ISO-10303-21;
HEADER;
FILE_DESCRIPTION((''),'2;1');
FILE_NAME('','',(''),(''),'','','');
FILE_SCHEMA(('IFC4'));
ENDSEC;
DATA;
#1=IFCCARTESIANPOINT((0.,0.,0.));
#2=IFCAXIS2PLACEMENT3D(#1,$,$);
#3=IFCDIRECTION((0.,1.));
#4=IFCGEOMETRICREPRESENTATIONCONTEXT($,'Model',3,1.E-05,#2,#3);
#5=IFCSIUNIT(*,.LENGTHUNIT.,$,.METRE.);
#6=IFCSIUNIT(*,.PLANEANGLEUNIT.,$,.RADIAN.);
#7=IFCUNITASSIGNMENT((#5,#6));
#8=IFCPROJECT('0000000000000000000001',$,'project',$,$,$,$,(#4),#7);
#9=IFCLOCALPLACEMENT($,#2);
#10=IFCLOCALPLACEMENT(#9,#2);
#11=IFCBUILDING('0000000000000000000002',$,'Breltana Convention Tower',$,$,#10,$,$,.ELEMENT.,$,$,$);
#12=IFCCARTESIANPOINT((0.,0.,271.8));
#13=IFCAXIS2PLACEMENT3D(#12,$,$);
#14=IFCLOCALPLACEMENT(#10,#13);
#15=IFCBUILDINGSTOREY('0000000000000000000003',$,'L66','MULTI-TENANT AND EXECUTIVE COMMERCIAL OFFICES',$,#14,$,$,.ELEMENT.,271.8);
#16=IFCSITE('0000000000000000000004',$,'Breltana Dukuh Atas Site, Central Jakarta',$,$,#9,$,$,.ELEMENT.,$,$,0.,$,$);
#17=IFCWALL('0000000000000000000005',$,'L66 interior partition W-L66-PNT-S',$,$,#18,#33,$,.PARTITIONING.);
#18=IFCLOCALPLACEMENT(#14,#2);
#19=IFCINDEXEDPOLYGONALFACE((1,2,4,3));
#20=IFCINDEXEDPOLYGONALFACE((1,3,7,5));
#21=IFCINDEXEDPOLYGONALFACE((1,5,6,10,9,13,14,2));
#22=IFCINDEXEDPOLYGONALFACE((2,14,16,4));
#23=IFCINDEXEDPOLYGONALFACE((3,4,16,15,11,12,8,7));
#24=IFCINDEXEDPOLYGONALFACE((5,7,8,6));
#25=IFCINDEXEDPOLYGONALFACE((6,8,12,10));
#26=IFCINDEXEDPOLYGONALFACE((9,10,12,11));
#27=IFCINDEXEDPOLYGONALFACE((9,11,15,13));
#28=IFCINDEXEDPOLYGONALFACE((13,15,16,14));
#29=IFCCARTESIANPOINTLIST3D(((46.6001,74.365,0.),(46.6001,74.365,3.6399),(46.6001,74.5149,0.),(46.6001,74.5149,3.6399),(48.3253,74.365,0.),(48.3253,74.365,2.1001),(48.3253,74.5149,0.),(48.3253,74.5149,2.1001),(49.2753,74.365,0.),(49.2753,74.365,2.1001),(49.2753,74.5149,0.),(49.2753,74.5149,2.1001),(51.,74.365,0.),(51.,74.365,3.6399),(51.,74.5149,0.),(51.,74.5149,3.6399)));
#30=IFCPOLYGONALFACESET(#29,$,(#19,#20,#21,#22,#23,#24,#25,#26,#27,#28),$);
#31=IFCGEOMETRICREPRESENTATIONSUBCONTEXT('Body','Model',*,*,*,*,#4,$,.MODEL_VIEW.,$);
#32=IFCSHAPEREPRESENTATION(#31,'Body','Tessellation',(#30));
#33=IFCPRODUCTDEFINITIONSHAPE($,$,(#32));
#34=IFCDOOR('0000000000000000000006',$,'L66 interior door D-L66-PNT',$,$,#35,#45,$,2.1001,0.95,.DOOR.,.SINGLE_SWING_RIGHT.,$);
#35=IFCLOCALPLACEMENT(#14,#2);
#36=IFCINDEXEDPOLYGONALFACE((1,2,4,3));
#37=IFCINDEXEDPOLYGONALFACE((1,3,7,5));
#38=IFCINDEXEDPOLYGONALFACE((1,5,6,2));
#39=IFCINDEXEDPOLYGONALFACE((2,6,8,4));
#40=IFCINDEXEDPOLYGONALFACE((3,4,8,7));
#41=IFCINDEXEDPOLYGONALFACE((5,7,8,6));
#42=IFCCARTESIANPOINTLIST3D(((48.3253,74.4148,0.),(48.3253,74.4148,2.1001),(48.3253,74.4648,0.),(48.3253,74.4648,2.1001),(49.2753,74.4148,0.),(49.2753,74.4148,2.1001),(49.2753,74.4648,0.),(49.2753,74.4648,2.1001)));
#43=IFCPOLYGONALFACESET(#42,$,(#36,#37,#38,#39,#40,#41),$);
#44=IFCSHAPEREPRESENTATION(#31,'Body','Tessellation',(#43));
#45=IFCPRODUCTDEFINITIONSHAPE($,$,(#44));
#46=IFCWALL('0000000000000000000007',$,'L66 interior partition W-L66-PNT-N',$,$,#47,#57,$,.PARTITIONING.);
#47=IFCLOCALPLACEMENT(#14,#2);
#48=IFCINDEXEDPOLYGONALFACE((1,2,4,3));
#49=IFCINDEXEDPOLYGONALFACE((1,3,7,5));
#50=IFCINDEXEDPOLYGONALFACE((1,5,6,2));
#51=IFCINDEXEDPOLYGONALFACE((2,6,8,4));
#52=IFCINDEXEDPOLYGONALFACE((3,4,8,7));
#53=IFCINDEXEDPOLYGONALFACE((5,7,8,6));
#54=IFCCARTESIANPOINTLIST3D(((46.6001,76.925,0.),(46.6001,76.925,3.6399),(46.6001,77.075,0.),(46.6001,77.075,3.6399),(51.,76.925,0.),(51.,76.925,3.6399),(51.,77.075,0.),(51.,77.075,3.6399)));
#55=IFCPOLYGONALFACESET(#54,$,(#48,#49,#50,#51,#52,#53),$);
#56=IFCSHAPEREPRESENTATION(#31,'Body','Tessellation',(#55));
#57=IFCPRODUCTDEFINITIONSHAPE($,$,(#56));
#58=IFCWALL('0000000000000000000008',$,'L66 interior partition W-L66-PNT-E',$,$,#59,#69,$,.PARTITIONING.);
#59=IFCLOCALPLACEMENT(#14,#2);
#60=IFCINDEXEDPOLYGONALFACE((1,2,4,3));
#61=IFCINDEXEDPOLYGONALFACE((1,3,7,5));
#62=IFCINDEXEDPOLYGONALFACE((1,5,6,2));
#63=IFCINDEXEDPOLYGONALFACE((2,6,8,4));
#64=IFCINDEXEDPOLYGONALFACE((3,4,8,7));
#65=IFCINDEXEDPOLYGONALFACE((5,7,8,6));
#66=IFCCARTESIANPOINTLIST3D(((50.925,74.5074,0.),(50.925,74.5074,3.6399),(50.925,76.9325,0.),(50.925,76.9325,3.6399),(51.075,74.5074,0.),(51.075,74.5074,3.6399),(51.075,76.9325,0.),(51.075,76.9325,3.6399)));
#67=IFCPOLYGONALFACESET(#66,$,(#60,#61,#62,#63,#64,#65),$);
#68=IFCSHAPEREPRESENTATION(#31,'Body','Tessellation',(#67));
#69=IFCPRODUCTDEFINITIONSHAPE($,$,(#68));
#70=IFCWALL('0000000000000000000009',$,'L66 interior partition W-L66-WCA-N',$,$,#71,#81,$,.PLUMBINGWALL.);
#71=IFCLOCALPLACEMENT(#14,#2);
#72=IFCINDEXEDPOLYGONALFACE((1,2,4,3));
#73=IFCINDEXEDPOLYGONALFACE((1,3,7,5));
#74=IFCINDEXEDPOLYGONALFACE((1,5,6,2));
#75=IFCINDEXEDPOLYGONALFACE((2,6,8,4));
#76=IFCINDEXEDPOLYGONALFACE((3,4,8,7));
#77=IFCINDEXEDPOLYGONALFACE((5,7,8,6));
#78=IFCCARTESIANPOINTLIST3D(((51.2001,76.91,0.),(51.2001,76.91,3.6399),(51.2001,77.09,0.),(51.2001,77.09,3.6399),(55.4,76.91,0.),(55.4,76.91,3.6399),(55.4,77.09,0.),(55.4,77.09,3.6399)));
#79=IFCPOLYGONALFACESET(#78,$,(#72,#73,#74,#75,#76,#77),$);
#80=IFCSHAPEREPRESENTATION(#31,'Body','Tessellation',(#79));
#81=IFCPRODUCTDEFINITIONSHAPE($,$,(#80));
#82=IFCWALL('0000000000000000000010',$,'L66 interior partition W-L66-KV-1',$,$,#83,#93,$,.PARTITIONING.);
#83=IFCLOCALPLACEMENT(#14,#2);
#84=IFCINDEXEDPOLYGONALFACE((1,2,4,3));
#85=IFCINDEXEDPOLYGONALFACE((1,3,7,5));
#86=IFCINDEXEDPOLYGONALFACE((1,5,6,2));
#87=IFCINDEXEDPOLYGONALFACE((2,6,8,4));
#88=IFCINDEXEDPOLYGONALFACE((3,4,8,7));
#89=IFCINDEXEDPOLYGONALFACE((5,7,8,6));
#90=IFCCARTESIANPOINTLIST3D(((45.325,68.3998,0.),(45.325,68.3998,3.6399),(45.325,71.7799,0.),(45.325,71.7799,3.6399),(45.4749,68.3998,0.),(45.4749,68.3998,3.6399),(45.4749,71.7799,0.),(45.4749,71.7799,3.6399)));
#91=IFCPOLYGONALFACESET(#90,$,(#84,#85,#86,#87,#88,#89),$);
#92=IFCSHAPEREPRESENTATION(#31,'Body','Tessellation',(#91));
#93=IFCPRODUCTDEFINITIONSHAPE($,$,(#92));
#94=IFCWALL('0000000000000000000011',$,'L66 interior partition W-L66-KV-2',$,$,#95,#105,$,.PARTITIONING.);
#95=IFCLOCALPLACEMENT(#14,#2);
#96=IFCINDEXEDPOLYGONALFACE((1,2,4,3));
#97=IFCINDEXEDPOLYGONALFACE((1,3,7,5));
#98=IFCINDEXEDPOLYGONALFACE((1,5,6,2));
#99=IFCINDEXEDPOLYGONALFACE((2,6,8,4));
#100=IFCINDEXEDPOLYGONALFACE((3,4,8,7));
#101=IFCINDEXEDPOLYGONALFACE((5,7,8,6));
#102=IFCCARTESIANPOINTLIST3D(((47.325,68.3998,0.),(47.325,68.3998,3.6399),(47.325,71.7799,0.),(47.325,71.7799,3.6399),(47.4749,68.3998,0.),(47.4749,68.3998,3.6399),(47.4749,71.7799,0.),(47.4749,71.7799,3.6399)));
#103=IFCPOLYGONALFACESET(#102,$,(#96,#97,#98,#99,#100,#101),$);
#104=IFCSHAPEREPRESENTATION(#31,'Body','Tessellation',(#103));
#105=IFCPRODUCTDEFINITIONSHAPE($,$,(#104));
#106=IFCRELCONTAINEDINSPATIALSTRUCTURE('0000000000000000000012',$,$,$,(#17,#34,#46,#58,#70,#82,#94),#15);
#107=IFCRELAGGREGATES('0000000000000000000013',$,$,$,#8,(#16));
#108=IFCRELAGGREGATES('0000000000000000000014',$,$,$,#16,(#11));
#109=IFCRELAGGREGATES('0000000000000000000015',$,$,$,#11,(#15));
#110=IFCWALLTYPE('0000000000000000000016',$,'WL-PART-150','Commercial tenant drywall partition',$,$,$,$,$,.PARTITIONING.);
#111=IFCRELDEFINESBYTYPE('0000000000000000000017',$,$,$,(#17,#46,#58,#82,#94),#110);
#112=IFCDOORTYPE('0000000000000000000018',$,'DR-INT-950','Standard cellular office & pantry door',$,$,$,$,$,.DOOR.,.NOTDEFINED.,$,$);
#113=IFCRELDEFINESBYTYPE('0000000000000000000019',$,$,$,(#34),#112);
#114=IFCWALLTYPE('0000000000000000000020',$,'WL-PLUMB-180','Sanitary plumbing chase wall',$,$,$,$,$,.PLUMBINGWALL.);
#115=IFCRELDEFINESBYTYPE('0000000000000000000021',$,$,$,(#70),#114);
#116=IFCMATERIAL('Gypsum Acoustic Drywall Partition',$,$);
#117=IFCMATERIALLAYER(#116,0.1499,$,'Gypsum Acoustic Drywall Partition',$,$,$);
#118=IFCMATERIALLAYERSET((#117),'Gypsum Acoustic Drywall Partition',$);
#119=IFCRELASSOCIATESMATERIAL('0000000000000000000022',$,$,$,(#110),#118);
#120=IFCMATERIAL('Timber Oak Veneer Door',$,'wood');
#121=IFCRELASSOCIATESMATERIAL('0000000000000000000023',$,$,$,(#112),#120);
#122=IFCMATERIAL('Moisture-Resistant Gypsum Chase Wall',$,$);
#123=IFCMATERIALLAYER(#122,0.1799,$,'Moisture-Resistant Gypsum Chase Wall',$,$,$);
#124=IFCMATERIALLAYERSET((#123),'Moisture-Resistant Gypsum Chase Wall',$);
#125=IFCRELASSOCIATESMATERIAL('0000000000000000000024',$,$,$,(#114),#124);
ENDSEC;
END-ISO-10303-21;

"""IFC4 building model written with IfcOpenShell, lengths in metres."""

from ifc_helpers import new_model, si_unit, direction, frame, frame_2d, origin, place, context, subcontext, project, spatial, rectangle, extrude, source, transform, mapped, material, layer, layer_set, type_object, type_shapes, element, fill, save


model = new_model("IFC4")

# Units and contexts
model_context = context("Model", 3, precision=1e-05, world=origin(), true_north=direction((0.0, 1.0)))
body_context = subcontext(model_context, "Body", "Model", "MODEL_VIEW")
ifc_project = project(units=[si_unit("LENGTHUNIT", "METRE"), si_unit("PLANEANGLEUNIT", "RADIAN")], contexts=[model_context])

# Site, building, storey
site_placement = place(None, origin())
site = spatial("IfcSite", under=ifc_project, at=site_placement, Name="Breltana Dukuh Atas Site, Central Jakarta", CompositionType="ELEMENT", RefElevation=0.0)
building_placement = place(site_placement, origin())
building = spatial("IfcBuilding", under=site, at=building_placement, Name="Breltana Convention Tower", CompositionType="ELEMENT")
storey_placement = place(building_placement, frame((0.0, 0.0, 271.8)))
storey = spatial("IfcBuildingStorey", under=building, at=storey_placement, Name="L66", Description="MULTI-TENANT AND EXECUTIVE COMMERCIAL OFFICES", CompositionType="ELEMENT", Elevation=271.8)

# Wall, opening, door
ifc_material_1 = material(Name="Gypsum Acoustic Drywall Partition")
ifc_layer_1 = layer(ifc_material_1, 0.1499, Name="Gypsum Acoustic Drywall Partition")
ifc_layer_set_1 = layer_set([ifc_layer_1], Name="Gypsum Acoustic Drywall Partition")
wall_type_1 = type_object("IfcWallType", Name="WL-PART-150", Description="Commercial tenant drywall partition", PredefinedType="PARTITIONING", material=ifc_layer_set_1)
shared_shape_1 = source(origin(), body_context, "Body", "SweptSolid", [
    extrude(rectangle(XDim=4.3999, YDim=0.1499, at=frame_2d((2.2, 0.0))), origin(), (0.0, 0.0, 1.0), 3.6399),
])
wall_1_placement = place(storey_placement, frame((46.6001, 74.4399, 0.0), z_axis=(0.0, 0.0, 1.0), x_axis=(1.0, 0.0, 0.0)))
wall_1 = element("IfcWall", 1, at=wall_1_placement, inside=storey, type_object=wall_type_1, Name="L66 interior partition W-L66-PNT-S", PredefinedType="PARTITIONING", context=body_context, shape_type="MappedRepresentation", body=[
    mapped(shared_shape_1, transform((0.0, 0.0, 0.0), scale=1.0)),
])
opening_1_placement = place(wall_1_placement, frame((1.7251, 0.0, 0.0)))
opening_1 = element("IfcOpeningElement", 2, at=opening_1_placement, cuts=wall_1, PredefinedType="OPENING", context=body_context, shape_type="SweptSolid", body=[
    extrude(rectangle(XDim=0.95, YDim=2.1001, at=frame_2d((0.4751, 1.05))), frame((0.0, 0.085, 0.0), z_axis=(0.0, -1.0, 0.0), x_axis=(1.0, 0.0, 0.0)), (0.0, 0.0, 1.0), 0.1699),
])
ifc_material_2 = material(Name="Timber Oak Veneer Door", Category="wood")
door_type_1 = type_object("IfcDoorType", Name="DR-INT-950", Description="Standard cellular office & pantry door", OperationType="NOTDEFINED", PredefinedType="DOOR", material=ifc_material_2)
shared_shape_2 = source(origin(), body_context, "Body", "SweptSolid", [
    extrude(rectangle(XDim=0.95, YDim=2.1001, at=frame_2d((0.4751, 1.05))), frame((0.0, 0.0249, 0.0), z_axis=(0.0, -1.0, 0.0), x_axis=(1.0, 0.0, 0.0)), (0.0, 0.0, 1.0), 0.05),
])
type_shapes(door_type_1, [shared_shape_2])
door_1_placement = place(opening_1_placement, origin())
door_1 = element("IfcDoor", 3, at=door_1_placement, inside=storey, type_object=door_type_1, Name="L66 interior door D-L66-PNT", OperationType="SINGLE_SWING_RIGHT", OverallHeight=2.1001, OverallWidth=0.95, PredefinedType="DOOR", context=body_context, shape_type="MappedRepresentation", body=[
    mapped(shared_shape_2, transform((0.0, 0.0, 0.0), scale=1.0)),
])
fill(opening_1, door_1)

# Walls
wall_2_placement = place(storey_placement, frame((46.6001, 77.0, 0.0), z_axis=(0.0, 0.0, 1.0), x_axis=(1.0, 0.0, 0.0)))
element("IfcWall", 4, at=wall_2_placement, inside=storey, type_object=wall_type_1, Name="L66 interior partition W-L66-PNT-N", PredefinedType="PARTITIONING", context=body_context, shape_type="MappedRepresentation", body=[
    mapped(shared_shape_1, transform((0.0, 0.0, 0.0), scale=1.0)),
])
shared_shape_3 = source(origin(), body_context, "Body", "SweptSolid", [
    extrude(rectangle(XDim=2.425, YDim=0.1499, at=frame_2d((1.2124, 0.0))), origin(), (0.0, 0.0, 1.0), 3.6399),
])
wall_3_placement = place(storey_placement, frame((51.0, 74.5076, 0.0), z_axis=(0.0, 0.0, 1.0), x_axis=(0.0, 1.0, 0.0)))
element("IfcWall", 5, at=wall_3_placement, inside=storey, type_object=wall_type_1, Name="L66 interior partition W-L66-PNT-E", PredefinedType="PARTITIONING", context=body_context, shape_type="MappedRepresentation", body=[
    mapped(shared_shape_3, transform((0.0, 0.0, 0.0), scale=1.0)),
])

# Walls
ifc_material_3 = material(Name="Moisture-Resistant Gypsum Chase Wall")
ifc_layer_2 = layer(ifc_material_3, 0.1799, Name="Moisture-Resistant Gypsum Chase Wall")
ifc_layer_set_2 = layer_set([ifc_layer_2], Name="Moisture-Resistant Gypsum Chase Wall")
wall_type_2 = type_object("IfcWallType", Name="WL-PLUMB-180", Description="Sanitary plumbing chase wall", PredefinedType="PLUMBINGWALL", material=ifc_layer_set_2)
shared_shape_4 = source(origin(), body_context, "Body", "SweptSolid", [
    extrude(rectangle(XDim=4.2, YDim=0.1799, at=frame_2d((2.1001, 0.0))), origin(), (0.0, 0.0, 1.0), 3.6399),
])
wall_4_placement = place(storey_placement, frame((51.2, 77.0, 0.0), z_axis=(0.0, 0.0, 1.0), x_axis=(1.0, 0.0, 0.0)))
element("IfcWall", 6, at=wall_4_placement, inside=storey, type_object=wall_type_2, Name="L66 interior partition W-L66-WCA-N", PredefinedType="PLUMBINGWALL", context=body_context, shape_type="MappedRepresentation", body=[
    mapped(shared_shape_4, transform((0.0, 0.0, 0.0), scale=1.0)),
])
shared_shape_5 = source(origin(), body_context, "Body", "SweptSolid", [
    extrude(rectangle(XDim=3.3801, YDim=0.1499, at=frame_2d((1.6899, 0.0))), origin(), (0.0, 0.0, 1.0), 3.6399),
])
for number, where, z_axis, x_axis, name in (
    (7, (45.3999, 68.3999, 0.0), (0.0, 0.0, 1.0), (0.0, 1.0, 0.0), "L66 interior partition W-L66-KV-1"),
    (8, (47.3999, 68.3999, 0.0), (0.0, 0.0, 1.0), (0.0, 1.0, 0.0), "L66 interior partition W-L66-KV-2"),
):
    element("IfcWall", number, at=place(storey_placement, frame(where, z_axis=z_axis, x_axis=x_axis)), inside=storey, type_object=wall_type_1, Name=name, PredefinedType="PARTITIONING", context=body_context, shape_type="MappedRepresentation", body=[
        mapped(shared_shape_5, transform((0.0, 0.0, 0.0), scale=1.0)),
    ])

save(model, "model.ifc")
